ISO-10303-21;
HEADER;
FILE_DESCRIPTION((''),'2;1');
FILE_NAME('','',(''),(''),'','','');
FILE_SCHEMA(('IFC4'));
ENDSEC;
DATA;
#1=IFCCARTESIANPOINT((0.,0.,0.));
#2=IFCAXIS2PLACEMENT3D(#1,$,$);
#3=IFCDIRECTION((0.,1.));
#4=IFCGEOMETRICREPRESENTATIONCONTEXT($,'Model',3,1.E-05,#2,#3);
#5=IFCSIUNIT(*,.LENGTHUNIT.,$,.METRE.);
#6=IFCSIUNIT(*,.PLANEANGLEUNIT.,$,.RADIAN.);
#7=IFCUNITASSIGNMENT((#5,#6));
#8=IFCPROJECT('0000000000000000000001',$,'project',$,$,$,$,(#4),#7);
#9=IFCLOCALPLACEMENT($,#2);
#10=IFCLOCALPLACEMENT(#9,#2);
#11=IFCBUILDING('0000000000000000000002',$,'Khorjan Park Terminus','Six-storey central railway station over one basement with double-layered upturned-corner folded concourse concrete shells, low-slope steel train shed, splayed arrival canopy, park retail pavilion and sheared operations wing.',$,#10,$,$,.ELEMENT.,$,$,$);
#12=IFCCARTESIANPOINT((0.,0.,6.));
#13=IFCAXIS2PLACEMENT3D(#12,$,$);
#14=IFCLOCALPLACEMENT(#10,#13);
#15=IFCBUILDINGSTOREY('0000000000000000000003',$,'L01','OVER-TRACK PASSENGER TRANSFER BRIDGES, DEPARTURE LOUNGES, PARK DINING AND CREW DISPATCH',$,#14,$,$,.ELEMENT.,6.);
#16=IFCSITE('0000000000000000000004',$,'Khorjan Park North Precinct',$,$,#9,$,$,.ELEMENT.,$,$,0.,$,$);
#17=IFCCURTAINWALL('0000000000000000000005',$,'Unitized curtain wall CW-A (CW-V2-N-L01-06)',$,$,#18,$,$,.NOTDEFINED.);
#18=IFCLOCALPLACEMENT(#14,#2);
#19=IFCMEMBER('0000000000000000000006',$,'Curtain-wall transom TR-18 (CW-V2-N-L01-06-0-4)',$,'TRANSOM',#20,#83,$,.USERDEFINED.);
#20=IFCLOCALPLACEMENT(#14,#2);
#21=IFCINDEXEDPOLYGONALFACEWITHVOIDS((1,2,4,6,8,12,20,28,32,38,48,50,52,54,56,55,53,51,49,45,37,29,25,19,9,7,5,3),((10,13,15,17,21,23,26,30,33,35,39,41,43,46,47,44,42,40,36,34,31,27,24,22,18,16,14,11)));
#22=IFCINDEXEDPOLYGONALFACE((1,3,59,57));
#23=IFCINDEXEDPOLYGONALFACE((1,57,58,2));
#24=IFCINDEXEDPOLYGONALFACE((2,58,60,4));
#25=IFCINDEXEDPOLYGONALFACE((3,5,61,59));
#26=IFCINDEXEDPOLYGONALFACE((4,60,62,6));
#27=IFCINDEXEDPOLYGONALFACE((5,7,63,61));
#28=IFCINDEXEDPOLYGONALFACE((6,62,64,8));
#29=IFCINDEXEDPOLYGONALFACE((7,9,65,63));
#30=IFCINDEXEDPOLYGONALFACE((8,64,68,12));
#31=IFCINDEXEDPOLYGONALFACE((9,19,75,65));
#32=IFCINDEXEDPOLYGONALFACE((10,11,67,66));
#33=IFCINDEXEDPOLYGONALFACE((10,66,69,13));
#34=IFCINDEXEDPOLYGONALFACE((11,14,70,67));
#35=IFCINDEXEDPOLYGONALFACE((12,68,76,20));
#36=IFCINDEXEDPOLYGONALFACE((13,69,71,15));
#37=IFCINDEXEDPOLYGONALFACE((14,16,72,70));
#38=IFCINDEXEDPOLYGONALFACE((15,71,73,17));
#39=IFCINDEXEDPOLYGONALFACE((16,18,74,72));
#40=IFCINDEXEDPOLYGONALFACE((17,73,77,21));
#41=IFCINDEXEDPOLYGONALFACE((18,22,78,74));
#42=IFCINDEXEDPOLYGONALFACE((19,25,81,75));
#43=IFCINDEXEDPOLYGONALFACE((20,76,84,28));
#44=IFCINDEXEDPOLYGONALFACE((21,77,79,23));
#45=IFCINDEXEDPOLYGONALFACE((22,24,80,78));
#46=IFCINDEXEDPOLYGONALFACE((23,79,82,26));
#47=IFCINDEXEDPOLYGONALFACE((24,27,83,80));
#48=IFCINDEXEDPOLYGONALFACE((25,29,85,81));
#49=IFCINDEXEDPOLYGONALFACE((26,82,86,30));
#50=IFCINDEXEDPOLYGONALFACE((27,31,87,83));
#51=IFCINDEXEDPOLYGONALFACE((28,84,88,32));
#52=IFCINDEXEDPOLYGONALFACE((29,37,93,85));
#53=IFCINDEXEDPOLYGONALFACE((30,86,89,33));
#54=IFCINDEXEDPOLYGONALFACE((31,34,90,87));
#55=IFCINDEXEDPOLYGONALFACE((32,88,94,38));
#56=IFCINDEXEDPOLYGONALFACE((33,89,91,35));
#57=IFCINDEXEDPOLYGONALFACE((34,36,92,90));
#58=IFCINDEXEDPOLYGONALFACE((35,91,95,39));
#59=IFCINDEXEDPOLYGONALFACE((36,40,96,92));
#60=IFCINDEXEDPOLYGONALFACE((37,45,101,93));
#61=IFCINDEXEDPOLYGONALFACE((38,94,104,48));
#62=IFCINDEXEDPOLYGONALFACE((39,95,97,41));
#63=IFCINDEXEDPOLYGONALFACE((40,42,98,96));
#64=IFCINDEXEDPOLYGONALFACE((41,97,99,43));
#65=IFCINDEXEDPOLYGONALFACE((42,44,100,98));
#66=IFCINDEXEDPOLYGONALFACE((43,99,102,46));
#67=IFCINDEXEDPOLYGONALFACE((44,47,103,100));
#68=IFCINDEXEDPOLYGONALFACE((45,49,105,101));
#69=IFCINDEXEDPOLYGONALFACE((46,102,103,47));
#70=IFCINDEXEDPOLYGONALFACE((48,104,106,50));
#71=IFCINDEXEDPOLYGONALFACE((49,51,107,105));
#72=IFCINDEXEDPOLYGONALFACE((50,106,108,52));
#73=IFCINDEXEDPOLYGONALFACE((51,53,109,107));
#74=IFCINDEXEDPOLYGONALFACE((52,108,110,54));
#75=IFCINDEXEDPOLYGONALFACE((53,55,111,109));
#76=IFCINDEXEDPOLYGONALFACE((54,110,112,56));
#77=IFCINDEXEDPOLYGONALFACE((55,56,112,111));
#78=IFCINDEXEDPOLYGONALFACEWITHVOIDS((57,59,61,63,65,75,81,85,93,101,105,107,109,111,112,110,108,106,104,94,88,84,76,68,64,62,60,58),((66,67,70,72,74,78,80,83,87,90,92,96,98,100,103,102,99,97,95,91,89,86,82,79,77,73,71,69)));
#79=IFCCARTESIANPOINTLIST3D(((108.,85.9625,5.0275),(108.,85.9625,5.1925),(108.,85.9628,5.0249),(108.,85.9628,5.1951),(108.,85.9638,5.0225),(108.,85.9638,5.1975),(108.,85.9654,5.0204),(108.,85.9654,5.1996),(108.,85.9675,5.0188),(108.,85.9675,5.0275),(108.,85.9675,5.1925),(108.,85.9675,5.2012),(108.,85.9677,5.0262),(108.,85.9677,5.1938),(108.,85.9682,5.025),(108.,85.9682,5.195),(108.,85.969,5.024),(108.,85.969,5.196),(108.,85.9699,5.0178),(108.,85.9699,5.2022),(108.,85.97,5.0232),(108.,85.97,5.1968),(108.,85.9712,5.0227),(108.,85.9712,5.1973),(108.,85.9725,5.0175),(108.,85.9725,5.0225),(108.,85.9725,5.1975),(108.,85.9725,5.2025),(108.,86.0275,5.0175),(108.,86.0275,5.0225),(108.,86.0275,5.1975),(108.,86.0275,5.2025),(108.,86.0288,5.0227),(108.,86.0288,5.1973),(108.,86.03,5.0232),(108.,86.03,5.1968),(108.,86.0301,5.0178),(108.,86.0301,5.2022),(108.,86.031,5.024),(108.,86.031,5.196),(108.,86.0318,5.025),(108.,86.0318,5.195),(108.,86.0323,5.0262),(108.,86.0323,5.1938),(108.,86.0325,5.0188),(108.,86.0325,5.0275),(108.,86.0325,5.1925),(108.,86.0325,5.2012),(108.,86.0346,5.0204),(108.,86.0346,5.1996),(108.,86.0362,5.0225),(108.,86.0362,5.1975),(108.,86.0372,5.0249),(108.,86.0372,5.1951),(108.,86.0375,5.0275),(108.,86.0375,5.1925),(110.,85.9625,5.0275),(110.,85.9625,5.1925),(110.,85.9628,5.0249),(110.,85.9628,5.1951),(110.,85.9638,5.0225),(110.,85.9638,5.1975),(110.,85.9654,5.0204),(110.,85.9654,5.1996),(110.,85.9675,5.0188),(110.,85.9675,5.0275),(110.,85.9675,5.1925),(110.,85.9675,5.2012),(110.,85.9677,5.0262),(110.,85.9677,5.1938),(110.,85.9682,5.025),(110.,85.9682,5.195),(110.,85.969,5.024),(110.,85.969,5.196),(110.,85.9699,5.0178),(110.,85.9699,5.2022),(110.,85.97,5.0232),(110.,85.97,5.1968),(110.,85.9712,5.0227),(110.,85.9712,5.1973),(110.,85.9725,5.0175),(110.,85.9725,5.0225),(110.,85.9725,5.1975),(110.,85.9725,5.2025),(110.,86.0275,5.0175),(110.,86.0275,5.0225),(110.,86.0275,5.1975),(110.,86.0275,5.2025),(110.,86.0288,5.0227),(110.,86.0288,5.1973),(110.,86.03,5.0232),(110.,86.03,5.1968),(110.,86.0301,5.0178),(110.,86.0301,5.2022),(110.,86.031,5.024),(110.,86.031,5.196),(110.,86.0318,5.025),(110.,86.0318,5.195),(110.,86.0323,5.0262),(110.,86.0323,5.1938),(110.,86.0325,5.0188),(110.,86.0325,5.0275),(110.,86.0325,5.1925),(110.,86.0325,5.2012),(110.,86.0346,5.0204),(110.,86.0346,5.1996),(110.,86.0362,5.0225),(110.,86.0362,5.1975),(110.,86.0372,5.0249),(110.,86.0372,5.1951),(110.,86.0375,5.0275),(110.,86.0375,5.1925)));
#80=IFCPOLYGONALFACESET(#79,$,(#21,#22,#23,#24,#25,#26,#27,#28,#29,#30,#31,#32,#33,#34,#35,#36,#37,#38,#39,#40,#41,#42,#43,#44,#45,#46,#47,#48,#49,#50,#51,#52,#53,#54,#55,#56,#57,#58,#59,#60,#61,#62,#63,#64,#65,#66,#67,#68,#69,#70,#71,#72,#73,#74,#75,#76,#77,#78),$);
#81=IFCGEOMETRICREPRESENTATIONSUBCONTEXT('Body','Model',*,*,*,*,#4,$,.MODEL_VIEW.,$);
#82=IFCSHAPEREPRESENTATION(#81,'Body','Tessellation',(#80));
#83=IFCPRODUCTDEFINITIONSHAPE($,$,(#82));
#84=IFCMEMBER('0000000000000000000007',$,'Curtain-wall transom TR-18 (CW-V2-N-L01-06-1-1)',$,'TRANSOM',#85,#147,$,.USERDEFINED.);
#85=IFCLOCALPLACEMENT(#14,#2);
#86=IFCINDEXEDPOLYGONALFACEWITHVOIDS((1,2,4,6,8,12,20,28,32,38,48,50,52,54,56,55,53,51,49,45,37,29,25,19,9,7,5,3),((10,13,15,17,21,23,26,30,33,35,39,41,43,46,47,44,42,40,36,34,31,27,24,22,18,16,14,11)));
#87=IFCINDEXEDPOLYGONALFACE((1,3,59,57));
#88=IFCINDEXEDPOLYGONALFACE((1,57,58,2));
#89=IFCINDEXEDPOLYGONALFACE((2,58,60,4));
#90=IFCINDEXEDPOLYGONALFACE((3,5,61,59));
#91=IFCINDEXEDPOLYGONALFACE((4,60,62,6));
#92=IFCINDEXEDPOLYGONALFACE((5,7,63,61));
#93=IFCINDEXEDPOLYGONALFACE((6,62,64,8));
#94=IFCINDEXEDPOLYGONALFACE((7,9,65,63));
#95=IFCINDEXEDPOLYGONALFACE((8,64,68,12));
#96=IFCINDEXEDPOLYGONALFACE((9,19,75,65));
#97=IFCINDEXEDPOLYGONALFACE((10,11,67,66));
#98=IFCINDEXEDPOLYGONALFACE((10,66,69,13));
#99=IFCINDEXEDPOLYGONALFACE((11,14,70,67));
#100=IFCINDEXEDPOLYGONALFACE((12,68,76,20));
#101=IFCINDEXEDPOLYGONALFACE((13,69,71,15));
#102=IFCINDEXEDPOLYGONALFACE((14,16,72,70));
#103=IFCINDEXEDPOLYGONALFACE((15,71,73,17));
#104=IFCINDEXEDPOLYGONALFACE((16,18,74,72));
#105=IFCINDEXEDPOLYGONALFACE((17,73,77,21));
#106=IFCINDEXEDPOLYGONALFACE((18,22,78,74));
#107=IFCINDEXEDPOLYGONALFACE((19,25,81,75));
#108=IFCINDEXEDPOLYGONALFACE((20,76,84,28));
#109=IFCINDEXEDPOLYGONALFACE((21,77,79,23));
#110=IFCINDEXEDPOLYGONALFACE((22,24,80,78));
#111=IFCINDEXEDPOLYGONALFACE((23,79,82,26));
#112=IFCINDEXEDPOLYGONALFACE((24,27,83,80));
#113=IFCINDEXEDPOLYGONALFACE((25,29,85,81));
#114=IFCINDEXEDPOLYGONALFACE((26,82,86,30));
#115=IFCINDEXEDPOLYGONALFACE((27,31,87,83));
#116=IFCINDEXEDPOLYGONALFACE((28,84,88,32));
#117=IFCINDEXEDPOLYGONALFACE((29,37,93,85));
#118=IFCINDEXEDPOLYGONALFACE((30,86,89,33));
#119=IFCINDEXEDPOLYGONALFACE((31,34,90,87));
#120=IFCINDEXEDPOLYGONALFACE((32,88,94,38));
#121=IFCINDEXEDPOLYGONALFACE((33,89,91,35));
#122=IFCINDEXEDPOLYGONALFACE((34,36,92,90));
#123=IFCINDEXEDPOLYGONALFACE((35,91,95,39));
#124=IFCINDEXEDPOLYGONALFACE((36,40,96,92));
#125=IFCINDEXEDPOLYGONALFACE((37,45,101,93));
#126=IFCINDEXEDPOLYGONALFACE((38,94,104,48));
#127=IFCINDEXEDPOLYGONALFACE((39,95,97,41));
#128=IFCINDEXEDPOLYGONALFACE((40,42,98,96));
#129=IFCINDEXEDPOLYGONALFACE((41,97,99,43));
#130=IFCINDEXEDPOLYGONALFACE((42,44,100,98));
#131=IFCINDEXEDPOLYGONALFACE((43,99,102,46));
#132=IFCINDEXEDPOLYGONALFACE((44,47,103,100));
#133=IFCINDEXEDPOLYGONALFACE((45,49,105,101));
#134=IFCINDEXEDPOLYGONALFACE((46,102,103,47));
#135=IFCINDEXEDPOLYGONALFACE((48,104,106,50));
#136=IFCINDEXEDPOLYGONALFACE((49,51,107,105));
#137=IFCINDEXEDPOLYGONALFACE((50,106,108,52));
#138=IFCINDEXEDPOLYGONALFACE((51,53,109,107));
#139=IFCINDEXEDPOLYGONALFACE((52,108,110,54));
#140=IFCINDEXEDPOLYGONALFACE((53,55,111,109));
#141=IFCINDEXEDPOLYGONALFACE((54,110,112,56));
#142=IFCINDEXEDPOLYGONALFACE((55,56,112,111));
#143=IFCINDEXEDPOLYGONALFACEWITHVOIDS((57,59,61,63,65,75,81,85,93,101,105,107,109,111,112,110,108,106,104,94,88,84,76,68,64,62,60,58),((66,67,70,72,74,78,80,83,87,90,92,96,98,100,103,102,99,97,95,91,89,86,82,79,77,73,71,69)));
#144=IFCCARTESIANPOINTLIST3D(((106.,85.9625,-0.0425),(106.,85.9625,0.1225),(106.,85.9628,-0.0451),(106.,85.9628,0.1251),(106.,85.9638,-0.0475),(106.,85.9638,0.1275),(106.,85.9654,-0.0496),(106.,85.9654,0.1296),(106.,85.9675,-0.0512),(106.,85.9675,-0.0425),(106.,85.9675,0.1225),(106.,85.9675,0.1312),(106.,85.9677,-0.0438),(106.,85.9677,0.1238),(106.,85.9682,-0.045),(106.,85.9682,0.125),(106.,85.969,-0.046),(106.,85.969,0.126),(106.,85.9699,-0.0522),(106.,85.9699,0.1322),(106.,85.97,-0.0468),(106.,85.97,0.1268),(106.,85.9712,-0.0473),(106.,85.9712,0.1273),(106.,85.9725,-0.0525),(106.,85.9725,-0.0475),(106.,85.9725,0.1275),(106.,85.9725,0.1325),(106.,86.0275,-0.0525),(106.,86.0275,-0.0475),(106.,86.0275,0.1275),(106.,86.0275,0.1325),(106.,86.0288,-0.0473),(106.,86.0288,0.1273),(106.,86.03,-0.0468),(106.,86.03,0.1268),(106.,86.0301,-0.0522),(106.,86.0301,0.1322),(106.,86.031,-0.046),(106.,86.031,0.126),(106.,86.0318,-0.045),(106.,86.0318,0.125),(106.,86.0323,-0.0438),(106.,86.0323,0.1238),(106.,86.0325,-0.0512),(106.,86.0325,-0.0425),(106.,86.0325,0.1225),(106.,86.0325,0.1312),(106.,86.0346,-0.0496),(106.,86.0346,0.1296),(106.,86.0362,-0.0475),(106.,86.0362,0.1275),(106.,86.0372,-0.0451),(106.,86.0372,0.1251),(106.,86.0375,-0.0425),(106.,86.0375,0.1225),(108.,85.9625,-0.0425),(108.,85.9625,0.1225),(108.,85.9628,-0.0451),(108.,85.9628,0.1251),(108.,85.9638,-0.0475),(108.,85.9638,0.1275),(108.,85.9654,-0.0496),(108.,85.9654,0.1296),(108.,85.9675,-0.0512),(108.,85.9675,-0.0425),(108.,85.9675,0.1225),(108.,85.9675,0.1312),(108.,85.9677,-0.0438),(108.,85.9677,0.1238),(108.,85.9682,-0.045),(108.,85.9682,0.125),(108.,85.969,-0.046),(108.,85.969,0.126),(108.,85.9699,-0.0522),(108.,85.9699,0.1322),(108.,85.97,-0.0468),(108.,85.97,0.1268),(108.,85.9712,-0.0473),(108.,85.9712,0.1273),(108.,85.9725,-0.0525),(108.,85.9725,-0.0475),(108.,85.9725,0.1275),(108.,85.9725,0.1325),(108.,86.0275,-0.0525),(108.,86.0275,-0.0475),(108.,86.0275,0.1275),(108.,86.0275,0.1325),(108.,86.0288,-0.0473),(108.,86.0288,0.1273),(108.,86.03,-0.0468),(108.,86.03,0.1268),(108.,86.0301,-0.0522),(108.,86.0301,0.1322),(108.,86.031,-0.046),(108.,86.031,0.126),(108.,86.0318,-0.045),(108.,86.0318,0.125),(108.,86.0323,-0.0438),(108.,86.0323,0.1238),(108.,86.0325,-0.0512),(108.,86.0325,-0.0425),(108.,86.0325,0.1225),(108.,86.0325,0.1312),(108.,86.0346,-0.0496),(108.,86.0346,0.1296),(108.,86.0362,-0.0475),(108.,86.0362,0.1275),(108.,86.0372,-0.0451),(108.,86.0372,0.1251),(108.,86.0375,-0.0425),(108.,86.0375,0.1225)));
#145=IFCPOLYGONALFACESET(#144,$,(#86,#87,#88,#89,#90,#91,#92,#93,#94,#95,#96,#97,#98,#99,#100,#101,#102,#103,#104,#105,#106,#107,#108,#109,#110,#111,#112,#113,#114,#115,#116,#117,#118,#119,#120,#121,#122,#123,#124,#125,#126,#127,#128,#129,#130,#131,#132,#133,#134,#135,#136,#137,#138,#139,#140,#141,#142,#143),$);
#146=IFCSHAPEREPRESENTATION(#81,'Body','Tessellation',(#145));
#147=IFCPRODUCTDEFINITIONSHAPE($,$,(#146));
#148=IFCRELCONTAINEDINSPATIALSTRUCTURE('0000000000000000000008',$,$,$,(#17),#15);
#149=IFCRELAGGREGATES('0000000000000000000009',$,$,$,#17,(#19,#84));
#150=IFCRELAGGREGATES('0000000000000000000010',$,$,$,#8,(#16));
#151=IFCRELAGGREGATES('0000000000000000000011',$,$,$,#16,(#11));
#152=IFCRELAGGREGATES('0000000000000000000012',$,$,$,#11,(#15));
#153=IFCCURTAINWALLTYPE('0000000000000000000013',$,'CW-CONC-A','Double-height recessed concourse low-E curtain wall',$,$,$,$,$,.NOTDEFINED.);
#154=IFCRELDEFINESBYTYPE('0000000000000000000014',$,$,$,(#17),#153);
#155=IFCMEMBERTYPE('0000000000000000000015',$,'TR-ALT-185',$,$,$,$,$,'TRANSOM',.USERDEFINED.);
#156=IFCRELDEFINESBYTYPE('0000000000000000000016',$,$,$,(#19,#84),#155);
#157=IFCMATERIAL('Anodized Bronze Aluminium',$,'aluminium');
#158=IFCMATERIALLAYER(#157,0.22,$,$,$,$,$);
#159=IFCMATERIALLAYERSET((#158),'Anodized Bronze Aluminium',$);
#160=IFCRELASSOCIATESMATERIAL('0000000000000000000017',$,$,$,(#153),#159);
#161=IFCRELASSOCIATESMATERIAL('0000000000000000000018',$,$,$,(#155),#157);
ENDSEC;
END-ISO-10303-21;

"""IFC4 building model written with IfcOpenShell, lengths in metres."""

from ifc_helpers import new_model, si_unit, direction, frame, origin, origin_2d, place, context, subcontext, project, spatial, hollow_rectangle, extrude, material, layer, layer_set, material_profile, profile_set, type_object, element, aggregate, save


model = new_model("IFC4")

# Units and contexts
model_context = context("Model", 3, precision=1e-05, world=origin(), true_north=direction((0.0, 1.0)))
body_context = subcontext(model_context, "Body", "Model", "MODEL_VIEW")
ifc_project = project(units=[si_unit("LENGTHUNIT", "METRE"), si_unit("PLANEANGLEUNIT", "RADIAN")], contexts=[model_context])

# Site, building, storey
site_placement = place(None, origin())
site = spatial("IfcSite", under=ifc_project, at=site_placement, Name="Khorjan Park North Precinct", CompositionType="ELEMENT", RefElevation=0.0)
building_placement = place(site_placement, origin())
building = spatial("IfcBuilding", under=site, at=building_placement, Name="Khorjan Park Terminus", Description="Six-storey central railway station over one basement with double-layered upturned-corner folded concourse concrete shells, low-slope steel train shed, splayed arrival canopy, park retail pavilion and sheared operations wing.", CompositionType="ELEMENT")
storey_placement = place(building_placement, frame((0.0, 0.0, 6.0)))
storey = spatial("IfcBuildingStorey", under=building, at=storey_placement, Name="L01", Description="OVER-TRACK PASSENGER TRANSFER BRIDGES, DEPARTURE LOUNGES, PARK DINING AND CREW DISPATCH", CompositionType="ELEMENT", Elevation=6.0)

# Curtain wall
ifc_material_1 = material(Name="Anodized Bronze Aluminium", Category="aluminium")
ifc_layer_1 = layer(ifc_material_1, 0.22)
ifc_layer_set_1 = layer_set([ifc_layer_1], Name="Anodized Bronze Aluminium")
curtain_wall_type_1 = type_object("IfcCurtainWallType", Name="CW-CONC-A", Description="Double-height recessed concourse low-E curtain wall", PredefinedType="NOTDEFINED", material=ifc_layer_set_1)
curtain_wall_1_placement = place(storey_placement, origin())
curtain_wall_1 = element("IfcCurtainWall", 1, at=curtain_wall_1_placement, inside=storey, type_object=curtain_wall_type_1, Name="Unitized curtain wall CW-A (CW-V2-N-L01-06)", PredefinedType="NOTDEFINED")

# Members
ifc_material_profile_1 = material_profile(ifc_material_1, hollow_rectangle(XDim=0.075, YDim=0.185, WallThickness=0.005, InnerFilletRadius=0.005, OuterFilletRadius=0.01, at=origin_2d()), Name="ALT 75x185x5")
ifc_profile_set_1 = profile_set([ifc_material_profile_1], Name="Anodized Bronze Aluminium")
member_type_1 = type_object("IfcMemberType", Name="TR-ALT-185", ElementType="TRANSOM", PredefinedType="USERDEFINED", material=ifc_profile_set_1)
member_1_placement = place(storey_placement, frame((110.0, 86.0, 5.11), z_axis=(-1.0, 0.0, 0.0), x_axis=(0.0, -1.0, 0.0)))
member_1 = element("IfcMember", 2, at=member_1_placement, type_object=member_type_1, Name="Curtain-wall transom TR-18 (CW-V2-N-L01-06-0-4)", ObjectType="TRANSOM", PredefinedType="USERDEFINED", context=body_context, shape_type="SweptSolid", body=[
    extrude(hollow_rectangle(XDim=0.075, YDim=0.185, WallThickness=0.005, InnerFilletRadius=0.005, OuterFilletRadius=0.01, at=origin_2d()), origin(), (0.0, 0.0, 1.0), 2.0),
])
member_2_placement = place(storey_placement, frame((108.0, 86.0, 0.04), z_axis=(-1.0, 0.0, 0.0), x_axis=(0.0, -1.0, 0.0)))
member_2 = element("IfcMember", 3, at=member_2_placement, type_object=member_type_1, Name="Curtain-wall transom TR-18 (CW-V2-N-L01-06-1-1)", ObjectType="TRANSOM", PredefinedType="USERDEFINED", context=body_context, shape_type="SweptSolid", body=[
    extrude(hollow_rectangle(XDim=0.075, YDim=0.185, WallThickness=0.005, InnerFilletRadius=0.005, OuterFilletRadius=0.01, at=origin_2d()), origin(), (0.0, 0.0, 1.0), 2.0),
])

aggregate(curtain_wall_1, [member_1, member_2])

save(model, "model.ifc")
